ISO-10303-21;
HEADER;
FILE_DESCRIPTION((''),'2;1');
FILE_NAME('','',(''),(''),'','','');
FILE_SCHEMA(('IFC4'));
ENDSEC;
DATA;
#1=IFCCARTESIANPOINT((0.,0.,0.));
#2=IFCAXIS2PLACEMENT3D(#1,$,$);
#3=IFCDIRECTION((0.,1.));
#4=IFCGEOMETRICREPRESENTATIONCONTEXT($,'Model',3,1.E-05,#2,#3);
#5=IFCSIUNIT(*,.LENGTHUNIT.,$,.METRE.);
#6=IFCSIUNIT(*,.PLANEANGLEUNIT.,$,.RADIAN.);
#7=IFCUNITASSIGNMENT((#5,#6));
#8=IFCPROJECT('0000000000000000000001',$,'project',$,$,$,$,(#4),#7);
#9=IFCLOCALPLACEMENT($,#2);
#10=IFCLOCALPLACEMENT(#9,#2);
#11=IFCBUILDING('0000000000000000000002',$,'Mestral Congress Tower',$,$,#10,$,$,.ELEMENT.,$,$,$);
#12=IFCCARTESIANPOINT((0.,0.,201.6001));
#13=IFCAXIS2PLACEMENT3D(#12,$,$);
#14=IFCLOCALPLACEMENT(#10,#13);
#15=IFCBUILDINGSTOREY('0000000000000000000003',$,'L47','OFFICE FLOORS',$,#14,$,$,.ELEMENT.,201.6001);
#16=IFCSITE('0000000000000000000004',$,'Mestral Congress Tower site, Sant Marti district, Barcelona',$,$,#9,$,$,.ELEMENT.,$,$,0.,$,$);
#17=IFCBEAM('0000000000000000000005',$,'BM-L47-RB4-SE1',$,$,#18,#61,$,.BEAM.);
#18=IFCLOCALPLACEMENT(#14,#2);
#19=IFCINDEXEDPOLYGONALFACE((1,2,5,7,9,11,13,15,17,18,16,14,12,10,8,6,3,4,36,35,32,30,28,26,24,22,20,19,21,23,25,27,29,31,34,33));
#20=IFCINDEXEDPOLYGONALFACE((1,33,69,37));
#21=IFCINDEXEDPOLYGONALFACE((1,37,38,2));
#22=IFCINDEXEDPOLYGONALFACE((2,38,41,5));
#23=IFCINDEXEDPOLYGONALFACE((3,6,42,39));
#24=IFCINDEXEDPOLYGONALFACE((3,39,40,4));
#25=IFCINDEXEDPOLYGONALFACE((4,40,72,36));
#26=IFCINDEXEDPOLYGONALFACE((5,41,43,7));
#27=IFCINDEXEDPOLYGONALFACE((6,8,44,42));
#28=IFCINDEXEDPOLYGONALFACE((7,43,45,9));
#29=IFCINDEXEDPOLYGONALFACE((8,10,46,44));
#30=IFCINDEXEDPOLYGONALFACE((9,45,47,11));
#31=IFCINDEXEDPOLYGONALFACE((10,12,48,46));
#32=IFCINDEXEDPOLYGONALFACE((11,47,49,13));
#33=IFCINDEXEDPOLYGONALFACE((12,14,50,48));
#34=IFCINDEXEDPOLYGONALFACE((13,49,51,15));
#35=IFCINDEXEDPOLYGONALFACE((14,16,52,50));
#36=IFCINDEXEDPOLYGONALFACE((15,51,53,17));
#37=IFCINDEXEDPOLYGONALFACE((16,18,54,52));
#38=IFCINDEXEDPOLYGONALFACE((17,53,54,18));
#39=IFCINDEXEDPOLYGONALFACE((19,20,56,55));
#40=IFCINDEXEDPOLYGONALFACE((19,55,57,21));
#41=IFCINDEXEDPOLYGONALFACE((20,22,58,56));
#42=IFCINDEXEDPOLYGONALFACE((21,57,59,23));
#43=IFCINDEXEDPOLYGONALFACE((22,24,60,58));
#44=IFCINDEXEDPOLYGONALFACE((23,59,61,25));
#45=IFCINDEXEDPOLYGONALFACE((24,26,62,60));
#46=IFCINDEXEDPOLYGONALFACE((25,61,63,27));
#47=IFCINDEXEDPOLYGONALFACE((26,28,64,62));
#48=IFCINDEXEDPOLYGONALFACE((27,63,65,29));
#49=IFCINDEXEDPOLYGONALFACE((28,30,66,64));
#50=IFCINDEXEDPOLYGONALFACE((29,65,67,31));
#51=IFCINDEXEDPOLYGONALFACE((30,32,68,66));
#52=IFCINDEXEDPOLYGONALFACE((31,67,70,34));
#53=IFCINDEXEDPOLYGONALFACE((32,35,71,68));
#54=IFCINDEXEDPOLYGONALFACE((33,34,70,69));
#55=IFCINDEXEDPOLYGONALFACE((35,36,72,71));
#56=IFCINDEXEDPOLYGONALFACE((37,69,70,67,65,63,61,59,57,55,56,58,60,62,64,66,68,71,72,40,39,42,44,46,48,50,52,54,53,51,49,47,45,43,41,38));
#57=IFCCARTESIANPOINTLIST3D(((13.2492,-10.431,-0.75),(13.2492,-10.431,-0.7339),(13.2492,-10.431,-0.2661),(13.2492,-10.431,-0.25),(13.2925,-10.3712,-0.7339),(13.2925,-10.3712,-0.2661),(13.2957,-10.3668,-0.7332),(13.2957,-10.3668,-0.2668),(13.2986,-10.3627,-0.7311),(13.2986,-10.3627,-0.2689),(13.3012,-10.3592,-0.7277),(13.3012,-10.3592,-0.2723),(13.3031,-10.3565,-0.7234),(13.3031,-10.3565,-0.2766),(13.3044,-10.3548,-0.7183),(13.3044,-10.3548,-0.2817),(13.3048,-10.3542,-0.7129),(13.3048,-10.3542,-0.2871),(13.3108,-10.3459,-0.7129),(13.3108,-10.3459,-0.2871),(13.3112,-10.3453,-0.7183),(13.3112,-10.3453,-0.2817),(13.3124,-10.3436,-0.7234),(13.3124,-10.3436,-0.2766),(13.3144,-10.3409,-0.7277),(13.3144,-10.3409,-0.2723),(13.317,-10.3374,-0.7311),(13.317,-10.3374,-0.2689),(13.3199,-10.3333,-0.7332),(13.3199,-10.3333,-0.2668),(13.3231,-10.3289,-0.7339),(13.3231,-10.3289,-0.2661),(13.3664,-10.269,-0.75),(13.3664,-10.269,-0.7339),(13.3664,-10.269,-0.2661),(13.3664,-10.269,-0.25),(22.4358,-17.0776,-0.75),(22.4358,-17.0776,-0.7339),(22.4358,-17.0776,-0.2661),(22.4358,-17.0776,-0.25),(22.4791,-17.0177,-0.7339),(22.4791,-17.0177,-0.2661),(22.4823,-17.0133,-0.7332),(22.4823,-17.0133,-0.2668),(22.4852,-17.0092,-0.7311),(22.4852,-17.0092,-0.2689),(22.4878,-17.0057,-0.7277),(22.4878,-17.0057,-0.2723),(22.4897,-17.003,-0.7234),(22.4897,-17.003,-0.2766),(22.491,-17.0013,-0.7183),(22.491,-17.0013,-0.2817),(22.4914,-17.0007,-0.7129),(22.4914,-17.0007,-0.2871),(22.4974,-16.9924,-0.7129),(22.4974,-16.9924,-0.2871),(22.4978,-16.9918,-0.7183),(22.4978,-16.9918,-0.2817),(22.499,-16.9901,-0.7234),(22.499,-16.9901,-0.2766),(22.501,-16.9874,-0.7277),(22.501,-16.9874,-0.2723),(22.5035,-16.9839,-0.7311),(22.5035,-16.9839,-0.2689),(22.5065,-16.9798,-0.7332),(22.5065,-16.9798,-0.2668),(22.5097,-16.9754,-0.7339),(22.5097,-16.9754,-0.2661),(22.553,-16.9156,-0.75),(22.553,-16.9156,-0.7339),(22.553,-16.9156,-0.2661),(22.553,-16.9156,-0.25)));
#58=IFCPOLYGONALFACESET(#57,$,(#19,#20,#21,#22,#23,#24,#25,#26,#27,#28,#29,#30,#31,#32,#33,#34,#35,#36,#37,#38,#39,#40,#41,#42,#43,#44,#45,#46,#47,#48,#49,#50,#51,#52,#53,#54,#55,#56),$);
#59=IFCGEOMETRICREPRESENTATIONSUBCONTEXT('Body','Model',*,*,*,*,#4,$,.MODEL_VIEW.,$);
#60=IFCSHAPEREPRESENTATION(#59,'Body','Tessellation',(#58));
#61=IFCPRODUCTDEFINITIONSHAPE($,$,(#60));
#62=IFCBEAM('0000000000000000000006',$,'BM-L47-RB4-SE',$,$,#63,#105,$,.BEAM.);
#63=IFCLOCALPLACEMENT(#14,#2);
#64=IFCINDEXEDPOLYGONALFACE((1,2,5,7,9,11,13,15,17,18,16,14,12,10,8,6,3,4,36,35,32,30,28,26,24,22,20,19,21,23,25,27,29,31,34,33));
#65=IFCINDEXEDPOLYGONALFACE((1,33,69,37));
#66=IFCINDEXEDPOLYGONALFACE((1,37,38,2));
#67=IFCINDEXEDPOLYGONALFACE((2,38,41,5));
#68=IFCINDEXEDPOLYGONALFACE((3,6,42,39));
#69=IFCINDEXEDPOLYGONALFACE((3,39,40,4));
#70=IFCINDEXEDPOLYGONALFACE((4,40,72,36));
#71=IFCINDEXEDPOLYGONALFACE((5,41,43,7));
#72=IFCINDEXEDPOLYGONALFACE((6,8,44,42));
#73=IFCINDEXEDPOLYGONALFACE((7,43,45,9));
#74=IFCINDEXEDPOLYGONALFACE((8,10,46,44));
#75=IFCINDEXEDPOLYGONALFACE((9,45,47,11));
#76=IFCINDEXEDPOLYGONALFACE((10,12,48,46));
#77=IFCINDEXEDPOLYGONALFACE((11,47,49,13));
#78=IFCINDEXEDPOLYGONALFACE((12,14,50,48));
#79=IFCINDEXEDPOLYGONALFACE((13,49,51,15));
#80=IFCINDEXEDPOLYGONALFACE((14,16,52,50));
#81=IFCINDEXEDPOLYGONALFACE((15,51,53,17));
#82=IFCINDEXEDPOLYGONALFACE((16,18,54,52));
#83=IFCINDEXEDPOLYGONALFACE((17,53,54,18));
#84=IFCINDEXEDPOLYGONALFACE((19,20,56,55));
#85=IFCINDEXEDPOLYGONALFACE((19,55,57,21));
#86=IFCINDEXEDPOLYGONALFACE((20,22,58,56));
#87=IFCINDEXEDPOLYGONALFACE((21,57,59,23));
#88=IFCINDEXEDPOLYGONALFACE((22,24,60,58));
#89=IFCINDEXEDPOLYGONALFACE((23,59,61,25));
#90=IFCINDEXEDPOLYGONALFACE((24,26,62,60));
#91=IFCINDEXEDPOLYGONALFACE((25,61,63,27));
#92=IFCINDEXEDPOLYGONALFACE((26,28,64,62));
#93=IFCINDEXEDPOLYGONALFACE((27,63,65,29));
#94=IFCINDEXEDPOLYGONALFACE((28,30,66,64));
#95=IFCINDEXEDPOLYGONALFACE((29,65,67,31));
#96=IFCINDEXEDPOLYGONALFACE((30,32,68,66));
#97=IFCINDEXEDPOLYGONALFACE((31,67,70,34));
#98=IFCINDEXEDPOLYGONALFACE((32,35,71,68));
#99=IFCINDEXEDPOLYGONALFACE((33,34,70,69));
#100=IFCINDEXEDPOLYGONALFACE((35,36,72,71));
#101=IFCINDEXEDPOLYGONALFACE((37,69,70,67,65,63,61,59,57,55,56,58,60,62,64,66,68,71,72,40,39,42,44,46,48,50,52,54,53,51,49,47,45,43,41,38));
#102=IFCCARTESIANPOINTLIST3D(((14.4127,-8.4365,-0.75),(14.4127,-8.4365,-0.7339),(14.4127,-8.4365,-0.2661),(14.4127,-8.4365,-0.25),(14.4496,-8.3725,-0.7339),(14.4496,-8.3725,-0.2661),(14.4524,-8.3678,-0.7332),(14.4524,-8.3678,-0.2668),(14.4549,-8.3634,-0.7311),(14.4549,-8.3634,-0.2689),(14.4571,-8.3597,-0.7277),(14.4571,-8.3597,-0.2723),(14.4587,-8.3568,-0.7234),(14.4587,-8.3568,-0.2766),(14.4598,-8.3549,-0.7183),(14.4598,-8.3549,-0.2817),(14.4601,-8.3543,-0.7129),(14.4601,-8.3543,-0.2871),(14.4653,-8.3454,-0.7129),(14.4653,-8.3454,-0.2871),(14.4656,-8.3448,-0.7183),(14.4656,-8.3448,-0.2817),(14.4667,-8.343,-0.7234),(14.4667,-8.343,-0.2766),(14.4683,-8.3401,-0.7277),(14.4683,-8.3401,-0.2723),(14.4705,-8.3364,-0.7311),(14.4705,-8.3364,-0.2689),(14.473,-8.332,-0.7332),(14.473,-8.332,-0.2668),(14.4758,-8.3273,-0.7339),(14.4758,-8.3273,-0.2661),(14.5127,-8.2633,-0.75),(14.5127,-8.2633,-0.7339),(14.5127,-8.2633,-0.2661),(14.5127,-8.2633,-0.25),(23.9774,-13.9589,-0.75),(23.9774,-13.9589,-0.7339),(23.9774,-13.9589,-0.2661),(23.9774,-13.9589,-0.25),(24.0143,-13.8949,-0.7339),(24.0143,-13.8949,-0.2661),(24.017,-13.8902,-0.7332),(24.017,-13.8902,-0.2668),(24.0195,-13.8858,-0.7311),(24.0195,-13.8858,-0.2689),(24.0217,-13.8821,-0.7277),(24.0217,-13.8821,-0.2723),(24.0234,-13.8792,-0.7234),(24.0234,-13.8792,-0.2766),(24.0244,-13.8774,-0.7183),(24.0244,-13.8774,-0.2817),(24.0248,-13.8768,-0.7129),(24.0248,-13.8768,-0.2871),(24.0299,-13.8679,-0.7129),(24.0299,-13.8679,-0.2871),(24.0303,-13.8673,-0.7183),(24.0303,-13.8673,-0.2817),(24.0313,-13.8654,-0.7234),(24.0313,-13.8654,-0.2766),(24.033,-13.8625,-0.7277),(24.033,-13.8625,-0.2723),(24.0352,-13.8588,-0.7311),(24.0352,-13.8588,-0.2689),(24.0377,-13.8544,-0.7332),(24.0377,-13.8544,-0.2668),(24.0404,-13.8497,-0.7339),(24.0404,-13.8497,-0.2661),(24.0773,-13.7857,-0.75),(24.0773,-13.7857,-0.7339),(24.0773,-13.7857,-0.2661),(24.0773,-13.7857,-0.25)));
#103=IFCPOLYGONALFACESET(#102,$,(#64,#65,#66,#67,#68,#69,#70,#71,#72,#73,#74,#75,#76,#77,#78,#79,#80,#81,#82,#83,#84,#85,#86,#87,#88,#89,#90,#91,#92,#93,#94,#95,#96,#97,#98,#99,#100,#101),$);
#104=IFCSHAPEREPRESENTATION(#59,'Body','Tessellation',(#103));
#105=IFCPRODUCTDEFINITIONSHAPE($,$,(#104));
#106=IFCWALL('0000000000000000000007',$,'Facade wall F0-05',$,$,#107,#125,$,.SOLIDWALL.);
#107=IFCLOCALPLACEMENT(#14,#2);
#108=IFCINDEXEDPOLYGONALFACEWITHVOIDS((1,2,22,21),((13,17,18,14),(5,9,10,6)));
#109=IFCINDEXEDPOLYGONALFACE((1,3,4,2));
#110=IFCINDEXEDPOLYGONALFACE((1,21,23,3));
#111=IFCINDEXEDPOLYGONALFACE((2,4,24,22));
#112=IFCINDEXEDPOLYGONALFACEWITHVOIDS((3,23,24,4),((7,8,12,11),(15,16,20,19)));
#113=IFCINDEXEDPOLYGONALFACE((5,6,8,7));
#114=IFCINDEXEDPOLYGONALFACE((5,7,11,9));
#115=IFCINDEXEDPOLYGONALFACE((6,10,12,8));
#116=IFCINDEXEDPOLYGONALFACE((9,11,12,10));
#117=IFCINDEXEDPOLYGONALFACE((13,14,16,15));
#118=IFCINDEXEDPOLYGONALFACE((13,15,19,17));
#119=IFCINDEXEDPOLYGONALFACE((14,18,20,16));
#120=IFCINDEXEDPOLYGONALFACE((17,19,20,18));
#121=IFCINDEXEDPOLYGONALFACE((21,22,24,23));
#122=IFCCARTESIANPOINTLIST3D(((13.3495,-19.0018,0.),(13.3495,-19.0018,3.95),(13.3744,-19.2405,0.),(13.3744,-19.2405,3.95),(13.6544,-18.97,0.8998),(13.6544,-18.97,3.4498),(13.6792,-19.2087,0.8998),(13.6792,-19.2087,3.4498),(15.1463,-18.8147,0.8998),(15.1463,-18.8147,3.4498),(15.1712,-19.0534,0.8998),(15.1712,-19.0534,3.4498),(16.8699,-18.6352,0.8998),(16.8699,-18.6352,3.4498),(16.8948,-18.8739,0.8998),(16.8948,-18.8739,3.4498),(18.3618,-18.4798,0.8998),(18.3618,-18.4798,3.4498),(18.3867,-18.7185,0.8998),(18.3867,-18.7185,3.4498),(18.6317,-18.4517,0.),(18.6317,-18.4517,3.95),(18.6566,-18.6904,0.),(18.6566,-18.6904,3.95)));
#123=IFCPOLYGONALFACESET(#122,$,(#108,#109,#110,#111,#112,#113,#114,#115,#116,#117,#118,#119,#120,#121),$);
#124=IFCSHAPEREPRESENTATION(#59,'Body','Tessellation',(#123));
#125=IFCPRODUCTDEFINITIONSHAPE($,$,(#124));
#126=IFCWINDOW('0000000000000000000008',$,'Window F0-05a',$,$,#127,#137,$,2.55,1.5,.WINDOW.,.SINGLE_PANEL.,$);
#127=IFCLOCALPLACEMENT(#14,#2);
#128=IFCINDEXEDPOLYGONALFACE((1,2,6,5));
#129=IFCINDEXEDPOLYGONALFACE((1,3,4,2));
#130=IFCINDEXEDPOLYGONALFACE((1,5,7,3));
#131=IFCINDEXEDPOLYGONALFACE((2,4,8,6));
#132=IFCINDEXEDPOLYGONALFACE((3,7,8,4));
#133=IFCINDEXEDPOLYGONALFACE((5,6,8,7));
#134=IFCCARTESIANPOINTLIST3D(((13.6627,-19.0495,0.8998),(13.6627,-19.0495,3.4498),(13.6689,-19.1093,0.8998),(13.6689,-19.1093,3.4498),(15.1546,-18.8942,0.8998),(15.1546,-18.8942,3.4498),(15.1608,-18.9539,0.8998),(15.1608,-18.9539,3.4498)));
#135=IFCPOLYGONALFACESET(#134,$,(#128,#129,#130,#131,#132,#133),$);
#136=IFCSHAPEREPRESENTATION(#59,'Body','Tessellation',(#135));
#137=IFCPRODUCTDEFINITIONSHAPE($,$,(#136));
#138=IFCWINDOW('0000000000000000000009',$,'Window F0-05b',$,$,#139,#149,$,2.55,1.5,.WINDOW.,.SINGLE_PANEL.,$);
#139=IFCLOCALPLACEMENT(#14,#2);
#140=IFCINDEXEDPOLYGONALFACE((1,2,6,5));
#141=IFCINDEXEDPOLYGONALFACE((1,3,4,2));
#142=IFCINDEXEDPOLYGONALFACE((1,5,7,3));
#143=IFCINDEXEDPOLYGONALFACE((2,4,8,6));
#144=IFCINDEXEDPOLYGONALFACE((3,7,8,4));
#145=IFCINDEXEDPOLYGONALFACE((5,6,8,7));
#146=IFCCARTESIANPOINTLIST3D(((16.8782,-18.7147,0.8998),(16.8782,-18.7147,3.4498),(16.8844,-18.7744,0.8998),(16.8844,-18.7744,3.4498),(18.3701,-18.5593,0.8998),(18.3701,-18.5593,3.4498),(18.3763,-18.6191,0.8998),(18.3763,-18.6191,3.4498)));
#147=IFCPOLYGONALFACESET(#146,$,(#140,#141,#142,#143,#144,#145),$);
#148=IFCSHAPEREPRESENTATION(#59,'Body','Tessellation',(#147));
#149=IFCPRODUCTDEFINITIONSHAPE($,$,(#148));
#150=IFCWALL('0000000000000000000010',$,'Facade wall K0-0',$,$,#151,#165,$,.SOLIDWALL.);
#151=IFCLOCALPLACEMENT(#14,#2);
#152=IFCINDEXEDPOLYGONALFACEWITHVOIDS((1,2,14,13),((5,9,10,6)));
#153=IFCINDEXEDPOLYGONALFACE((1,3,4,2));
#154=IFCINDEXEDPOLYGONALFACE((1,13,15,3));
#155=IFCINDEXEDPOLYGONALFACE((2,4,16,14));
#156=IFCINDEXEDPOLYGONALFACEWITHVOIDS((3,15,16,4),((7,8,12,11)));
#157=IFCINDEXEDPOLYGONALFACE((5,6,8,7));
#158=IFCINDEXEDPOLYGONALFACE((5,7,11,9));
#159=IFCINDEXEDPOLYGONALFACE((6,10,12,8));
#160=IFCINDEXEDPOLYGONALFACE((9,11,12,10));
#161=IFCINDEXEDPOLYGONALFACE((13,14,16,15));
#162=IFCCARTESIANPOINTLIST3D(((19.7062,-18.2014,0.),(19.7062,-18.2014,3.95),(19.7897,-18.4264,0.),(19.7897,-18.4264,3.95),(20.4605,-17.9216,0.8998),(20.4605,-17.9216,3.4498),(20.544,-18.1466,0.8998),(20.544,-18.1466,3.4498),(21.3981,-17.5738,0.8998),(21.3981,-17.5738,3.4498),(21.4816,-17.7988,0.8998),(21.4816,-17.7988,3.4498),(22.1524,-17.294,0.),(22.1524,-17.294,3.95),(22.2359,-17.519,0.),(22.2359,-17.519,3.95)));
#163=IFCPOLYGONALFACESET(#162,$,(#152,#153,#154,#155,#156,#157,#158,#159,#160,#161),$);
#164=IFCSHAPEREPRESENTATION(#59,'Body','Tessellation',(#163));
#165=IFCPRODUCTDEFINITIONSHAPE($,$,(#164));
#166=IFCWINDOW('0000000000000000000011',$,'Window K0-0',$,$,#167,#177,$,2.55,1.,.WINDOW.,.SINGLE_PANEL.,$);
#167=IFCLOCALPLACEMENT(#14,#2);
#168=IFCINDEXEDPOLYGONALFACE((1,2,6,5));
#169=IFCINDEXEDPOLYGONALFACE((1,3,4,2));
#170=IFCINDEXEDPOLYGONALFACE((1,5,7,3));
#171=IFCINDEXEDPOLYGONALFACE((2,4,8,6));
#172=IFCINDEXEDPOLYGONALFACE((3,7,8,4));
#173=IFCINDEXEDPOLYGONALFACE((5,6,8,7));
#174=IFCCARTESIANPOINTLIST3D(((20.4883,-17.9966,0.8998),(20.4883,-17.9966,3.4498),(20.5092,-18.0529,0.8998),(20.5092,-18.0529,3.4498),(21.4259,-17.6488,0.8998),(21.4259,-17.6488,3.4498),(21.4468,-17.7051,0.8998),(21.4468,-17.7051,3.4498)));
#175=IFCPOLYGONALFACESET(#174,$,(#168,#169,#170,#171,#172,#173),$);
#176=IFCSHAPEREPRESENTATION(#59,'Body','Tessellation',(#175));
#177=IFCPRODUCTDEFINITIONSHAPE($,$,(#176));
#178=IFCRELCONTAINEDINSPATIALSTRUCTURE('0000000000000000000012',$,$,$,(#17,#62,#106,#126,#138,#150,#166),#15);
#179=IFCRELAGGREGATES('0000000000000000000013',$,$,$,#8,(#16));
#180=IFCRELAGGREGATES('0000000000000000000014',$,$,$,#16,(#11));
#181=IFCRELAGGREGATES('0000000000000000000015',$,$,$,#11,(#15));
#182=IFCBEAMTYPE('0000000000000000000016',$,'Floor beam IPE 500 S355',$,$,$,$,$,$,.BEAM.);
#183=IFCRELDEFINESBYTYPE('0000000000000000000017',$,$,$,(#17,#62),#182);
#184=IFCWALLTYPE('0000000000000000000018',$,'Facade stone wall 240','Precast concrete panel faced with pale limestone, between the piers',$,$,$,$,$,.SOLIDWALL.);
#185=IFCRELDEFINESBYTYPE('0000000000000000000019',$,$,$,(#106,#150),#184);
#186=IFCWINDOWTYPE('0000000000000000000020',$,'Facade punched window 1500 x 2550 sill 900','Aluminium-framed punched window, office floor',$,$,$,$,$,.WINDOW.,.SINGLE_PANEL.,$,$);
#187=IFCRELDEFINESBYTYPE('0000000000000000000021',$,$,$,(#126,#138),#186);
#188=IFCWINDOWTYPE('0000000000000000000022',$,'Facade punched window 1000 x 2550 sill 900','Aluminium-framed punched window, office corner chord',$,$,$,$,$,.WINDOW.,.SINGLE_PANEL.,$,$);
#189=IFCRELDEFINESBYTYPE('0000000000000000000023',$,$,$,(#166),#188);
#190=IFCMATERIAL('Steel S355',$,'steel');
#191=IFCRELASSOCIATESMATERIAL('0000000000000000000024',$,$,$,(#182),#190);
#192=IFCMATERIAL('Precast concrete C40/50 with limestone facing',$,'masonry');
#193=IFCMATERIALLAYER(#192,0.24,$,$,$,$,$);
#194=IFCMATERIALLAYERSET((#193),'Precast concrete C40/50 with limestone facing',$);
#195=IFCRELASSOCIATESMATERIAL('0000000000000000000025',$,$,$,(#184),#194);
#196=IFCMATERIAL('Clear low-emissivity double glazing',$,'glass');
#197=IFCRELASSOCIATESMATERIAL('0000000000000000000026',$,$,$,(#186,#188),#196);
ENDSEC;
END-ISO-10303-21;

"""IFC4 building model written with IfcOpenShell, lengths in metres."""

from ifc_helpers import new_model, si_unit, direction, frame, frame_2d, origin, origin_2d, place, context, subcontext, project, spatial, rectangle, i_section, extrude, material, layer, layer_set, material_profile, profile_set, type_object, element, fill, save


model = new_model("IFC4")

# Units and contexts
model_context = context("Model", 3, precision=1e-05, world=origin(), true_north=direction((0.0, 1.0)))
body_context = subcontext(model_context, "Body", "Model", "MODEL_VIEW")
ifc_project = project(units=[si_unit("LENGTHUNIT", "METRE"), si_unit("PLANEANGLEUNIT", "RADIAN")], contexts=[model_context])

# Site, building, storey
site_placement = place(None, origin())
site = spatial("IfcSite", under=ifc_project, at=site_placement, Name="Mestral Congress Tower site, Sant Marti district, Barcelona", CompositionType="ELEMENT", RefElevation=0.0)
building_placement = place(site_placement, origin())
building = spatial("IfcBuilding", under=site, at=building_placement, Name="Mestral Congress Tower", CompositionType="ELEMENT")
storey_placement = place(building_placement, frame((0.0, 0.0, 201.6001)))
storey = spatial("IfcBuildingStorey", under=building, at=storey_placement, Name="L47", Description="OFFICE FLOORS", CompositionType="ELEMENT", Elevation=201.6001)

# Beams
ifc_material_1 = material(Name="Steel S355", Category="steel")
ifc_material_profile_1 = material_profile(ifc_material_1, i_section(OverallWidth=0.2, OverallDepth=0.5, WebThickness=0.0103, FlangeThickness=0.0161, FilletRadius=0.021, at=origin_2d()), Name="IPE 500")
ifc_profile_set_1 = profile_set([ifc_material_profile_1], Name="Steel S355")
beam_type_1 = type_object("IfcBeamType", Name="Floor beam IPE 500 S355", PredefinedType="BEAM", material=ifc_profile_set_1)
beam_1_placement = place(storey_placement, frame((22.4944, -16.9966, -0.5), z_axis=(-0.810186, 0.586173, 0.0), x_axis=(-0.586173, -0.810186, 0.0)))
element("IfcBeam", 1, at=beam_1_placement, inside=storey, type_object=beam_type_1, Name="BM-L47-RB4-SE1", PredefinedType="BEAM", context=body_context, shape_type="SweptSolid", body=[
    extrude(i_section(OverallWidth=0.2, OverallDepth=0.5, WebThickness=0.0103, FlangeThickness=0.0161, FilletRadius=0.021, at=origin_2d()), origin(), (0.0, 0.0, 1.0), 11.3389),
])
beam_2_placement = place(storey_placement, frame((24.0273, -13.8723, -0.5), z_axis=(-0.866014, 0.500019, 0.0), x_axis=(-0.500019, -0.866014, 0.0)))
element("IfcBeam", 2, at=beam_2_placement, inside=storey, type_object=beam_type_1, Name="BM-L47-RB4-SE", PredefinedType="BEAM", context=body_context, shape_type="SweptSolid", body=[
    extrude(i_section(OverallWidth=0.2, OverallDepth=0.5, WebThickness=0.0103, FlangeThickness=0.0161, FilletRadius=0.021, at=origin_2d()), origin(), (0.0, 0.0, 1.0), 11.0444),
])

# Wall, openings, windows
ifc_material_2 = material(Name="Precast concrete C40/50 with limestone facing", Category="masonry")
ifc_layer_1 = layer(ifc_material_2, 0.24)
ifc_layer_set_1 = layer_set([ifc_layer_1], Name="Precast concrete C40/50 with limestone facing")
wall_type_1 = type_object("IfcWallType", Name="Facade stone wall 240", Description="Precast concrete panel faced with pale limestone, between the piers", PredefinedType="SOLIDWALL", material=ifc_layer_set_1)
wall_1_placement = place(storey_placement, frame((13.3621, -19.1211, 0.0), z_axis=(0.0, 0.0, 1.0), x_axis=(0.994622, 0.103572, 0.0)))
wall_1 = element("IfcWall", 3, at=wall_1_placement, inside=storey, type_object=wall_type_1, Name="Facade wall F0-05", PredefinedType="SOLIDWALL", context=body_context, shape_type="SweptSolid", body=[
    extrude(rectangle(XDim=5.3108, YDim=0.24, at=frame_2d((2.6553, 0.0))), origin(), (0.0, 0.0, 1.0), 3.95),
])
opening_1_placement = place(wall_1_placement, frame((0.3064, 0.0, 0.8999)))
opening_1 = element("IfcOpeningElement", 4, at=opening_1_placement, cuts=wall_1, PredefinedType="OPENING", context=body_context, shape_type="SweptSolid", body=[
    extrude(rectangle(XDim=1.5, YDim=2.55, at=frame_2d((0.75, 1.2749))), frame((0.0, 0.1299, 0.0), z_axis=(0.0, -1.0, 0.0), x_axis=(1.0, 0.0, 0.0)), (0.0, 0.0, 1.0), 0.26),
])
opening_2_placement = place(wall_1_placement, frame((3.5393, 0.0, 0.8999)))
opening_2 = element("IfcOpeningElement", 5, at=opening_2_placement, cuts=wall_1, PredefinedType="OPENING", context=body_context, shape_type="SweptSolid", body=[
    extrude(rectangle(XDim=1.5, YDim=2.55, at=frame_2d((0.75, 1.2749))), frame((0.0, 0.1299, 0.0), z_axis=(0.0, -1.0, 0.0), x_axis=(1.0, 0.0, 0.0)), (0.0, 0.0, 1.0), 0.26),
])
ifc_material_3 = material(Name="Clear low-emissivity double glazing", Category="glass")
window_type_1 = type_object("IfcWindowType", Name="Facade punched window 1500 x 2550 sill 900", Description="Aluminium-framed punched window, office floor", PartitioningType="SINGLE_PANEL", PredefinedType="WINDOW", material=ifc_material_3)
window_1_placement = place(opening_1_placement, origin())
window_1 = element("IfcWindow", 6, at=window_1_placement, inside=storey, type_object=window_type_1, Name="Window F0-05a", OverallHeight=2.55, OverallWidth=1.5, PartitioningType="SINGLE_PANEL", PredefinedType="WINDOW", context=body_context, shape_type="SweptSolid", body=[
    extrude(rectangle(XDim=1.5, YDim=2.55, at=frame_2d((0.75, 1.2749))), frame((0.0, 0.04, 0.0), z_axis=(0.0, -1.0, 0.0), x_axis=(1.0, 0.0, 0.0)), (0.0, 0.0, 1.0), 0.0601),
])
fill(opening_1, window_1)
window_2_placement = place(opening_2_placement, origin())
window_2 = element("IfcWindow", 7, at=window_2_placement, inside=storey, type_object=window_type_1, Name="Window F0-05b", OverallHeight=2.55, OverallWidth=1.5, PartitioningType="SINGLE_PANEL", PredefinedType="WINDOW", context=body_context, shape_type="SweptSolid", body=[
    extrude(rectangle(XDim=1.5, YDim=2.55, at=frame_2d((0.75, 1.2749))), frame((0.0, 0.04, 0.0), z_axis=(0.0, -1.0, 0.0), x_axis=(1.0, 0.0, 0.0)), (0.0, 0.0, 1.0), 0.0601),
])
fill(opening_2, window_2)

# Wall, opening, window
wall_2_placement = place(storey_placement, frame((19.7478, -18.314, 0.0), z_axis=(0.0, 0.0, 1.0), x_axis=(0.937569, 0.347799, 0.0)))
wall_2 = element("IfcWall", 8, at=wall_2_placement, inside=storey, type_object=wall_type_1, Name="Facade wall K0-0", PredefinedType="SOLIDWALL", context=body_context, shape_type="SweptSolid", body=[
    extrude(rectangle(XDim=2.6091, YDim=0.24, at=frame_2d((1.3047, 0.0))), origin(), (0.0, 0.0, 1.0), 3.95),
])
opening_3_placement = place(wall_2_placement, frame((0.8047, 0.0, 0.8999)))
opening_3 = element("IfcOpeningElement", 9, at=opening_3_placement, cuts=wall_2, PredefinedType="OPENING", context=body_context, shape_type="SweptSolid", body=[
    extrude(rectangle(XDim=1.0, YDim=2.55, at=frame_2d((0.5, 1.2749))), frame((0.0, 0.1299, 0.0), z_axis=(0.0, -1.0, 0.0), x_axis=(1.0, 0.0, 0.0)), (0.0, 0.0, 1.0), 0.26),
])
window_type_2 = type_object("IfcWindowType", Name="Facade punched window 1000 x 2550 sill 900", Description="Aluminium-framed punched window, office corner chord", PartitioningType="SINGLE_PANEL", PredefinedType="WINDOW", material=ifc_material_3)
window_3_placement = place(opening_3_placement, origin())
window_3 = element("IfcWindow", 10, at=window_3_placement, inside=storey, type_object=window_type_2, Name="Window K0-0", OverallHeight=2.55, OverallWidth=1.0, PartitioningType="SINGLE_PANEL", PredefinedType="WINDOW", context=body_context, shape_type="SweptSolid", body=[
    extrude(rectangle(XDim=1.0, YDim=2.55, at=frame_2d((0.5, 1.2749))), frame((0.0, 0.04, 0.0), z_axis=(0.0, -1.0, 0.0), x_axis=(1.0, 0.0, 0.0)), (0.0, 0.0, 1.0), 0.0601),
])
fill(opening_3, window_3)

save(model, "model.ifc")
